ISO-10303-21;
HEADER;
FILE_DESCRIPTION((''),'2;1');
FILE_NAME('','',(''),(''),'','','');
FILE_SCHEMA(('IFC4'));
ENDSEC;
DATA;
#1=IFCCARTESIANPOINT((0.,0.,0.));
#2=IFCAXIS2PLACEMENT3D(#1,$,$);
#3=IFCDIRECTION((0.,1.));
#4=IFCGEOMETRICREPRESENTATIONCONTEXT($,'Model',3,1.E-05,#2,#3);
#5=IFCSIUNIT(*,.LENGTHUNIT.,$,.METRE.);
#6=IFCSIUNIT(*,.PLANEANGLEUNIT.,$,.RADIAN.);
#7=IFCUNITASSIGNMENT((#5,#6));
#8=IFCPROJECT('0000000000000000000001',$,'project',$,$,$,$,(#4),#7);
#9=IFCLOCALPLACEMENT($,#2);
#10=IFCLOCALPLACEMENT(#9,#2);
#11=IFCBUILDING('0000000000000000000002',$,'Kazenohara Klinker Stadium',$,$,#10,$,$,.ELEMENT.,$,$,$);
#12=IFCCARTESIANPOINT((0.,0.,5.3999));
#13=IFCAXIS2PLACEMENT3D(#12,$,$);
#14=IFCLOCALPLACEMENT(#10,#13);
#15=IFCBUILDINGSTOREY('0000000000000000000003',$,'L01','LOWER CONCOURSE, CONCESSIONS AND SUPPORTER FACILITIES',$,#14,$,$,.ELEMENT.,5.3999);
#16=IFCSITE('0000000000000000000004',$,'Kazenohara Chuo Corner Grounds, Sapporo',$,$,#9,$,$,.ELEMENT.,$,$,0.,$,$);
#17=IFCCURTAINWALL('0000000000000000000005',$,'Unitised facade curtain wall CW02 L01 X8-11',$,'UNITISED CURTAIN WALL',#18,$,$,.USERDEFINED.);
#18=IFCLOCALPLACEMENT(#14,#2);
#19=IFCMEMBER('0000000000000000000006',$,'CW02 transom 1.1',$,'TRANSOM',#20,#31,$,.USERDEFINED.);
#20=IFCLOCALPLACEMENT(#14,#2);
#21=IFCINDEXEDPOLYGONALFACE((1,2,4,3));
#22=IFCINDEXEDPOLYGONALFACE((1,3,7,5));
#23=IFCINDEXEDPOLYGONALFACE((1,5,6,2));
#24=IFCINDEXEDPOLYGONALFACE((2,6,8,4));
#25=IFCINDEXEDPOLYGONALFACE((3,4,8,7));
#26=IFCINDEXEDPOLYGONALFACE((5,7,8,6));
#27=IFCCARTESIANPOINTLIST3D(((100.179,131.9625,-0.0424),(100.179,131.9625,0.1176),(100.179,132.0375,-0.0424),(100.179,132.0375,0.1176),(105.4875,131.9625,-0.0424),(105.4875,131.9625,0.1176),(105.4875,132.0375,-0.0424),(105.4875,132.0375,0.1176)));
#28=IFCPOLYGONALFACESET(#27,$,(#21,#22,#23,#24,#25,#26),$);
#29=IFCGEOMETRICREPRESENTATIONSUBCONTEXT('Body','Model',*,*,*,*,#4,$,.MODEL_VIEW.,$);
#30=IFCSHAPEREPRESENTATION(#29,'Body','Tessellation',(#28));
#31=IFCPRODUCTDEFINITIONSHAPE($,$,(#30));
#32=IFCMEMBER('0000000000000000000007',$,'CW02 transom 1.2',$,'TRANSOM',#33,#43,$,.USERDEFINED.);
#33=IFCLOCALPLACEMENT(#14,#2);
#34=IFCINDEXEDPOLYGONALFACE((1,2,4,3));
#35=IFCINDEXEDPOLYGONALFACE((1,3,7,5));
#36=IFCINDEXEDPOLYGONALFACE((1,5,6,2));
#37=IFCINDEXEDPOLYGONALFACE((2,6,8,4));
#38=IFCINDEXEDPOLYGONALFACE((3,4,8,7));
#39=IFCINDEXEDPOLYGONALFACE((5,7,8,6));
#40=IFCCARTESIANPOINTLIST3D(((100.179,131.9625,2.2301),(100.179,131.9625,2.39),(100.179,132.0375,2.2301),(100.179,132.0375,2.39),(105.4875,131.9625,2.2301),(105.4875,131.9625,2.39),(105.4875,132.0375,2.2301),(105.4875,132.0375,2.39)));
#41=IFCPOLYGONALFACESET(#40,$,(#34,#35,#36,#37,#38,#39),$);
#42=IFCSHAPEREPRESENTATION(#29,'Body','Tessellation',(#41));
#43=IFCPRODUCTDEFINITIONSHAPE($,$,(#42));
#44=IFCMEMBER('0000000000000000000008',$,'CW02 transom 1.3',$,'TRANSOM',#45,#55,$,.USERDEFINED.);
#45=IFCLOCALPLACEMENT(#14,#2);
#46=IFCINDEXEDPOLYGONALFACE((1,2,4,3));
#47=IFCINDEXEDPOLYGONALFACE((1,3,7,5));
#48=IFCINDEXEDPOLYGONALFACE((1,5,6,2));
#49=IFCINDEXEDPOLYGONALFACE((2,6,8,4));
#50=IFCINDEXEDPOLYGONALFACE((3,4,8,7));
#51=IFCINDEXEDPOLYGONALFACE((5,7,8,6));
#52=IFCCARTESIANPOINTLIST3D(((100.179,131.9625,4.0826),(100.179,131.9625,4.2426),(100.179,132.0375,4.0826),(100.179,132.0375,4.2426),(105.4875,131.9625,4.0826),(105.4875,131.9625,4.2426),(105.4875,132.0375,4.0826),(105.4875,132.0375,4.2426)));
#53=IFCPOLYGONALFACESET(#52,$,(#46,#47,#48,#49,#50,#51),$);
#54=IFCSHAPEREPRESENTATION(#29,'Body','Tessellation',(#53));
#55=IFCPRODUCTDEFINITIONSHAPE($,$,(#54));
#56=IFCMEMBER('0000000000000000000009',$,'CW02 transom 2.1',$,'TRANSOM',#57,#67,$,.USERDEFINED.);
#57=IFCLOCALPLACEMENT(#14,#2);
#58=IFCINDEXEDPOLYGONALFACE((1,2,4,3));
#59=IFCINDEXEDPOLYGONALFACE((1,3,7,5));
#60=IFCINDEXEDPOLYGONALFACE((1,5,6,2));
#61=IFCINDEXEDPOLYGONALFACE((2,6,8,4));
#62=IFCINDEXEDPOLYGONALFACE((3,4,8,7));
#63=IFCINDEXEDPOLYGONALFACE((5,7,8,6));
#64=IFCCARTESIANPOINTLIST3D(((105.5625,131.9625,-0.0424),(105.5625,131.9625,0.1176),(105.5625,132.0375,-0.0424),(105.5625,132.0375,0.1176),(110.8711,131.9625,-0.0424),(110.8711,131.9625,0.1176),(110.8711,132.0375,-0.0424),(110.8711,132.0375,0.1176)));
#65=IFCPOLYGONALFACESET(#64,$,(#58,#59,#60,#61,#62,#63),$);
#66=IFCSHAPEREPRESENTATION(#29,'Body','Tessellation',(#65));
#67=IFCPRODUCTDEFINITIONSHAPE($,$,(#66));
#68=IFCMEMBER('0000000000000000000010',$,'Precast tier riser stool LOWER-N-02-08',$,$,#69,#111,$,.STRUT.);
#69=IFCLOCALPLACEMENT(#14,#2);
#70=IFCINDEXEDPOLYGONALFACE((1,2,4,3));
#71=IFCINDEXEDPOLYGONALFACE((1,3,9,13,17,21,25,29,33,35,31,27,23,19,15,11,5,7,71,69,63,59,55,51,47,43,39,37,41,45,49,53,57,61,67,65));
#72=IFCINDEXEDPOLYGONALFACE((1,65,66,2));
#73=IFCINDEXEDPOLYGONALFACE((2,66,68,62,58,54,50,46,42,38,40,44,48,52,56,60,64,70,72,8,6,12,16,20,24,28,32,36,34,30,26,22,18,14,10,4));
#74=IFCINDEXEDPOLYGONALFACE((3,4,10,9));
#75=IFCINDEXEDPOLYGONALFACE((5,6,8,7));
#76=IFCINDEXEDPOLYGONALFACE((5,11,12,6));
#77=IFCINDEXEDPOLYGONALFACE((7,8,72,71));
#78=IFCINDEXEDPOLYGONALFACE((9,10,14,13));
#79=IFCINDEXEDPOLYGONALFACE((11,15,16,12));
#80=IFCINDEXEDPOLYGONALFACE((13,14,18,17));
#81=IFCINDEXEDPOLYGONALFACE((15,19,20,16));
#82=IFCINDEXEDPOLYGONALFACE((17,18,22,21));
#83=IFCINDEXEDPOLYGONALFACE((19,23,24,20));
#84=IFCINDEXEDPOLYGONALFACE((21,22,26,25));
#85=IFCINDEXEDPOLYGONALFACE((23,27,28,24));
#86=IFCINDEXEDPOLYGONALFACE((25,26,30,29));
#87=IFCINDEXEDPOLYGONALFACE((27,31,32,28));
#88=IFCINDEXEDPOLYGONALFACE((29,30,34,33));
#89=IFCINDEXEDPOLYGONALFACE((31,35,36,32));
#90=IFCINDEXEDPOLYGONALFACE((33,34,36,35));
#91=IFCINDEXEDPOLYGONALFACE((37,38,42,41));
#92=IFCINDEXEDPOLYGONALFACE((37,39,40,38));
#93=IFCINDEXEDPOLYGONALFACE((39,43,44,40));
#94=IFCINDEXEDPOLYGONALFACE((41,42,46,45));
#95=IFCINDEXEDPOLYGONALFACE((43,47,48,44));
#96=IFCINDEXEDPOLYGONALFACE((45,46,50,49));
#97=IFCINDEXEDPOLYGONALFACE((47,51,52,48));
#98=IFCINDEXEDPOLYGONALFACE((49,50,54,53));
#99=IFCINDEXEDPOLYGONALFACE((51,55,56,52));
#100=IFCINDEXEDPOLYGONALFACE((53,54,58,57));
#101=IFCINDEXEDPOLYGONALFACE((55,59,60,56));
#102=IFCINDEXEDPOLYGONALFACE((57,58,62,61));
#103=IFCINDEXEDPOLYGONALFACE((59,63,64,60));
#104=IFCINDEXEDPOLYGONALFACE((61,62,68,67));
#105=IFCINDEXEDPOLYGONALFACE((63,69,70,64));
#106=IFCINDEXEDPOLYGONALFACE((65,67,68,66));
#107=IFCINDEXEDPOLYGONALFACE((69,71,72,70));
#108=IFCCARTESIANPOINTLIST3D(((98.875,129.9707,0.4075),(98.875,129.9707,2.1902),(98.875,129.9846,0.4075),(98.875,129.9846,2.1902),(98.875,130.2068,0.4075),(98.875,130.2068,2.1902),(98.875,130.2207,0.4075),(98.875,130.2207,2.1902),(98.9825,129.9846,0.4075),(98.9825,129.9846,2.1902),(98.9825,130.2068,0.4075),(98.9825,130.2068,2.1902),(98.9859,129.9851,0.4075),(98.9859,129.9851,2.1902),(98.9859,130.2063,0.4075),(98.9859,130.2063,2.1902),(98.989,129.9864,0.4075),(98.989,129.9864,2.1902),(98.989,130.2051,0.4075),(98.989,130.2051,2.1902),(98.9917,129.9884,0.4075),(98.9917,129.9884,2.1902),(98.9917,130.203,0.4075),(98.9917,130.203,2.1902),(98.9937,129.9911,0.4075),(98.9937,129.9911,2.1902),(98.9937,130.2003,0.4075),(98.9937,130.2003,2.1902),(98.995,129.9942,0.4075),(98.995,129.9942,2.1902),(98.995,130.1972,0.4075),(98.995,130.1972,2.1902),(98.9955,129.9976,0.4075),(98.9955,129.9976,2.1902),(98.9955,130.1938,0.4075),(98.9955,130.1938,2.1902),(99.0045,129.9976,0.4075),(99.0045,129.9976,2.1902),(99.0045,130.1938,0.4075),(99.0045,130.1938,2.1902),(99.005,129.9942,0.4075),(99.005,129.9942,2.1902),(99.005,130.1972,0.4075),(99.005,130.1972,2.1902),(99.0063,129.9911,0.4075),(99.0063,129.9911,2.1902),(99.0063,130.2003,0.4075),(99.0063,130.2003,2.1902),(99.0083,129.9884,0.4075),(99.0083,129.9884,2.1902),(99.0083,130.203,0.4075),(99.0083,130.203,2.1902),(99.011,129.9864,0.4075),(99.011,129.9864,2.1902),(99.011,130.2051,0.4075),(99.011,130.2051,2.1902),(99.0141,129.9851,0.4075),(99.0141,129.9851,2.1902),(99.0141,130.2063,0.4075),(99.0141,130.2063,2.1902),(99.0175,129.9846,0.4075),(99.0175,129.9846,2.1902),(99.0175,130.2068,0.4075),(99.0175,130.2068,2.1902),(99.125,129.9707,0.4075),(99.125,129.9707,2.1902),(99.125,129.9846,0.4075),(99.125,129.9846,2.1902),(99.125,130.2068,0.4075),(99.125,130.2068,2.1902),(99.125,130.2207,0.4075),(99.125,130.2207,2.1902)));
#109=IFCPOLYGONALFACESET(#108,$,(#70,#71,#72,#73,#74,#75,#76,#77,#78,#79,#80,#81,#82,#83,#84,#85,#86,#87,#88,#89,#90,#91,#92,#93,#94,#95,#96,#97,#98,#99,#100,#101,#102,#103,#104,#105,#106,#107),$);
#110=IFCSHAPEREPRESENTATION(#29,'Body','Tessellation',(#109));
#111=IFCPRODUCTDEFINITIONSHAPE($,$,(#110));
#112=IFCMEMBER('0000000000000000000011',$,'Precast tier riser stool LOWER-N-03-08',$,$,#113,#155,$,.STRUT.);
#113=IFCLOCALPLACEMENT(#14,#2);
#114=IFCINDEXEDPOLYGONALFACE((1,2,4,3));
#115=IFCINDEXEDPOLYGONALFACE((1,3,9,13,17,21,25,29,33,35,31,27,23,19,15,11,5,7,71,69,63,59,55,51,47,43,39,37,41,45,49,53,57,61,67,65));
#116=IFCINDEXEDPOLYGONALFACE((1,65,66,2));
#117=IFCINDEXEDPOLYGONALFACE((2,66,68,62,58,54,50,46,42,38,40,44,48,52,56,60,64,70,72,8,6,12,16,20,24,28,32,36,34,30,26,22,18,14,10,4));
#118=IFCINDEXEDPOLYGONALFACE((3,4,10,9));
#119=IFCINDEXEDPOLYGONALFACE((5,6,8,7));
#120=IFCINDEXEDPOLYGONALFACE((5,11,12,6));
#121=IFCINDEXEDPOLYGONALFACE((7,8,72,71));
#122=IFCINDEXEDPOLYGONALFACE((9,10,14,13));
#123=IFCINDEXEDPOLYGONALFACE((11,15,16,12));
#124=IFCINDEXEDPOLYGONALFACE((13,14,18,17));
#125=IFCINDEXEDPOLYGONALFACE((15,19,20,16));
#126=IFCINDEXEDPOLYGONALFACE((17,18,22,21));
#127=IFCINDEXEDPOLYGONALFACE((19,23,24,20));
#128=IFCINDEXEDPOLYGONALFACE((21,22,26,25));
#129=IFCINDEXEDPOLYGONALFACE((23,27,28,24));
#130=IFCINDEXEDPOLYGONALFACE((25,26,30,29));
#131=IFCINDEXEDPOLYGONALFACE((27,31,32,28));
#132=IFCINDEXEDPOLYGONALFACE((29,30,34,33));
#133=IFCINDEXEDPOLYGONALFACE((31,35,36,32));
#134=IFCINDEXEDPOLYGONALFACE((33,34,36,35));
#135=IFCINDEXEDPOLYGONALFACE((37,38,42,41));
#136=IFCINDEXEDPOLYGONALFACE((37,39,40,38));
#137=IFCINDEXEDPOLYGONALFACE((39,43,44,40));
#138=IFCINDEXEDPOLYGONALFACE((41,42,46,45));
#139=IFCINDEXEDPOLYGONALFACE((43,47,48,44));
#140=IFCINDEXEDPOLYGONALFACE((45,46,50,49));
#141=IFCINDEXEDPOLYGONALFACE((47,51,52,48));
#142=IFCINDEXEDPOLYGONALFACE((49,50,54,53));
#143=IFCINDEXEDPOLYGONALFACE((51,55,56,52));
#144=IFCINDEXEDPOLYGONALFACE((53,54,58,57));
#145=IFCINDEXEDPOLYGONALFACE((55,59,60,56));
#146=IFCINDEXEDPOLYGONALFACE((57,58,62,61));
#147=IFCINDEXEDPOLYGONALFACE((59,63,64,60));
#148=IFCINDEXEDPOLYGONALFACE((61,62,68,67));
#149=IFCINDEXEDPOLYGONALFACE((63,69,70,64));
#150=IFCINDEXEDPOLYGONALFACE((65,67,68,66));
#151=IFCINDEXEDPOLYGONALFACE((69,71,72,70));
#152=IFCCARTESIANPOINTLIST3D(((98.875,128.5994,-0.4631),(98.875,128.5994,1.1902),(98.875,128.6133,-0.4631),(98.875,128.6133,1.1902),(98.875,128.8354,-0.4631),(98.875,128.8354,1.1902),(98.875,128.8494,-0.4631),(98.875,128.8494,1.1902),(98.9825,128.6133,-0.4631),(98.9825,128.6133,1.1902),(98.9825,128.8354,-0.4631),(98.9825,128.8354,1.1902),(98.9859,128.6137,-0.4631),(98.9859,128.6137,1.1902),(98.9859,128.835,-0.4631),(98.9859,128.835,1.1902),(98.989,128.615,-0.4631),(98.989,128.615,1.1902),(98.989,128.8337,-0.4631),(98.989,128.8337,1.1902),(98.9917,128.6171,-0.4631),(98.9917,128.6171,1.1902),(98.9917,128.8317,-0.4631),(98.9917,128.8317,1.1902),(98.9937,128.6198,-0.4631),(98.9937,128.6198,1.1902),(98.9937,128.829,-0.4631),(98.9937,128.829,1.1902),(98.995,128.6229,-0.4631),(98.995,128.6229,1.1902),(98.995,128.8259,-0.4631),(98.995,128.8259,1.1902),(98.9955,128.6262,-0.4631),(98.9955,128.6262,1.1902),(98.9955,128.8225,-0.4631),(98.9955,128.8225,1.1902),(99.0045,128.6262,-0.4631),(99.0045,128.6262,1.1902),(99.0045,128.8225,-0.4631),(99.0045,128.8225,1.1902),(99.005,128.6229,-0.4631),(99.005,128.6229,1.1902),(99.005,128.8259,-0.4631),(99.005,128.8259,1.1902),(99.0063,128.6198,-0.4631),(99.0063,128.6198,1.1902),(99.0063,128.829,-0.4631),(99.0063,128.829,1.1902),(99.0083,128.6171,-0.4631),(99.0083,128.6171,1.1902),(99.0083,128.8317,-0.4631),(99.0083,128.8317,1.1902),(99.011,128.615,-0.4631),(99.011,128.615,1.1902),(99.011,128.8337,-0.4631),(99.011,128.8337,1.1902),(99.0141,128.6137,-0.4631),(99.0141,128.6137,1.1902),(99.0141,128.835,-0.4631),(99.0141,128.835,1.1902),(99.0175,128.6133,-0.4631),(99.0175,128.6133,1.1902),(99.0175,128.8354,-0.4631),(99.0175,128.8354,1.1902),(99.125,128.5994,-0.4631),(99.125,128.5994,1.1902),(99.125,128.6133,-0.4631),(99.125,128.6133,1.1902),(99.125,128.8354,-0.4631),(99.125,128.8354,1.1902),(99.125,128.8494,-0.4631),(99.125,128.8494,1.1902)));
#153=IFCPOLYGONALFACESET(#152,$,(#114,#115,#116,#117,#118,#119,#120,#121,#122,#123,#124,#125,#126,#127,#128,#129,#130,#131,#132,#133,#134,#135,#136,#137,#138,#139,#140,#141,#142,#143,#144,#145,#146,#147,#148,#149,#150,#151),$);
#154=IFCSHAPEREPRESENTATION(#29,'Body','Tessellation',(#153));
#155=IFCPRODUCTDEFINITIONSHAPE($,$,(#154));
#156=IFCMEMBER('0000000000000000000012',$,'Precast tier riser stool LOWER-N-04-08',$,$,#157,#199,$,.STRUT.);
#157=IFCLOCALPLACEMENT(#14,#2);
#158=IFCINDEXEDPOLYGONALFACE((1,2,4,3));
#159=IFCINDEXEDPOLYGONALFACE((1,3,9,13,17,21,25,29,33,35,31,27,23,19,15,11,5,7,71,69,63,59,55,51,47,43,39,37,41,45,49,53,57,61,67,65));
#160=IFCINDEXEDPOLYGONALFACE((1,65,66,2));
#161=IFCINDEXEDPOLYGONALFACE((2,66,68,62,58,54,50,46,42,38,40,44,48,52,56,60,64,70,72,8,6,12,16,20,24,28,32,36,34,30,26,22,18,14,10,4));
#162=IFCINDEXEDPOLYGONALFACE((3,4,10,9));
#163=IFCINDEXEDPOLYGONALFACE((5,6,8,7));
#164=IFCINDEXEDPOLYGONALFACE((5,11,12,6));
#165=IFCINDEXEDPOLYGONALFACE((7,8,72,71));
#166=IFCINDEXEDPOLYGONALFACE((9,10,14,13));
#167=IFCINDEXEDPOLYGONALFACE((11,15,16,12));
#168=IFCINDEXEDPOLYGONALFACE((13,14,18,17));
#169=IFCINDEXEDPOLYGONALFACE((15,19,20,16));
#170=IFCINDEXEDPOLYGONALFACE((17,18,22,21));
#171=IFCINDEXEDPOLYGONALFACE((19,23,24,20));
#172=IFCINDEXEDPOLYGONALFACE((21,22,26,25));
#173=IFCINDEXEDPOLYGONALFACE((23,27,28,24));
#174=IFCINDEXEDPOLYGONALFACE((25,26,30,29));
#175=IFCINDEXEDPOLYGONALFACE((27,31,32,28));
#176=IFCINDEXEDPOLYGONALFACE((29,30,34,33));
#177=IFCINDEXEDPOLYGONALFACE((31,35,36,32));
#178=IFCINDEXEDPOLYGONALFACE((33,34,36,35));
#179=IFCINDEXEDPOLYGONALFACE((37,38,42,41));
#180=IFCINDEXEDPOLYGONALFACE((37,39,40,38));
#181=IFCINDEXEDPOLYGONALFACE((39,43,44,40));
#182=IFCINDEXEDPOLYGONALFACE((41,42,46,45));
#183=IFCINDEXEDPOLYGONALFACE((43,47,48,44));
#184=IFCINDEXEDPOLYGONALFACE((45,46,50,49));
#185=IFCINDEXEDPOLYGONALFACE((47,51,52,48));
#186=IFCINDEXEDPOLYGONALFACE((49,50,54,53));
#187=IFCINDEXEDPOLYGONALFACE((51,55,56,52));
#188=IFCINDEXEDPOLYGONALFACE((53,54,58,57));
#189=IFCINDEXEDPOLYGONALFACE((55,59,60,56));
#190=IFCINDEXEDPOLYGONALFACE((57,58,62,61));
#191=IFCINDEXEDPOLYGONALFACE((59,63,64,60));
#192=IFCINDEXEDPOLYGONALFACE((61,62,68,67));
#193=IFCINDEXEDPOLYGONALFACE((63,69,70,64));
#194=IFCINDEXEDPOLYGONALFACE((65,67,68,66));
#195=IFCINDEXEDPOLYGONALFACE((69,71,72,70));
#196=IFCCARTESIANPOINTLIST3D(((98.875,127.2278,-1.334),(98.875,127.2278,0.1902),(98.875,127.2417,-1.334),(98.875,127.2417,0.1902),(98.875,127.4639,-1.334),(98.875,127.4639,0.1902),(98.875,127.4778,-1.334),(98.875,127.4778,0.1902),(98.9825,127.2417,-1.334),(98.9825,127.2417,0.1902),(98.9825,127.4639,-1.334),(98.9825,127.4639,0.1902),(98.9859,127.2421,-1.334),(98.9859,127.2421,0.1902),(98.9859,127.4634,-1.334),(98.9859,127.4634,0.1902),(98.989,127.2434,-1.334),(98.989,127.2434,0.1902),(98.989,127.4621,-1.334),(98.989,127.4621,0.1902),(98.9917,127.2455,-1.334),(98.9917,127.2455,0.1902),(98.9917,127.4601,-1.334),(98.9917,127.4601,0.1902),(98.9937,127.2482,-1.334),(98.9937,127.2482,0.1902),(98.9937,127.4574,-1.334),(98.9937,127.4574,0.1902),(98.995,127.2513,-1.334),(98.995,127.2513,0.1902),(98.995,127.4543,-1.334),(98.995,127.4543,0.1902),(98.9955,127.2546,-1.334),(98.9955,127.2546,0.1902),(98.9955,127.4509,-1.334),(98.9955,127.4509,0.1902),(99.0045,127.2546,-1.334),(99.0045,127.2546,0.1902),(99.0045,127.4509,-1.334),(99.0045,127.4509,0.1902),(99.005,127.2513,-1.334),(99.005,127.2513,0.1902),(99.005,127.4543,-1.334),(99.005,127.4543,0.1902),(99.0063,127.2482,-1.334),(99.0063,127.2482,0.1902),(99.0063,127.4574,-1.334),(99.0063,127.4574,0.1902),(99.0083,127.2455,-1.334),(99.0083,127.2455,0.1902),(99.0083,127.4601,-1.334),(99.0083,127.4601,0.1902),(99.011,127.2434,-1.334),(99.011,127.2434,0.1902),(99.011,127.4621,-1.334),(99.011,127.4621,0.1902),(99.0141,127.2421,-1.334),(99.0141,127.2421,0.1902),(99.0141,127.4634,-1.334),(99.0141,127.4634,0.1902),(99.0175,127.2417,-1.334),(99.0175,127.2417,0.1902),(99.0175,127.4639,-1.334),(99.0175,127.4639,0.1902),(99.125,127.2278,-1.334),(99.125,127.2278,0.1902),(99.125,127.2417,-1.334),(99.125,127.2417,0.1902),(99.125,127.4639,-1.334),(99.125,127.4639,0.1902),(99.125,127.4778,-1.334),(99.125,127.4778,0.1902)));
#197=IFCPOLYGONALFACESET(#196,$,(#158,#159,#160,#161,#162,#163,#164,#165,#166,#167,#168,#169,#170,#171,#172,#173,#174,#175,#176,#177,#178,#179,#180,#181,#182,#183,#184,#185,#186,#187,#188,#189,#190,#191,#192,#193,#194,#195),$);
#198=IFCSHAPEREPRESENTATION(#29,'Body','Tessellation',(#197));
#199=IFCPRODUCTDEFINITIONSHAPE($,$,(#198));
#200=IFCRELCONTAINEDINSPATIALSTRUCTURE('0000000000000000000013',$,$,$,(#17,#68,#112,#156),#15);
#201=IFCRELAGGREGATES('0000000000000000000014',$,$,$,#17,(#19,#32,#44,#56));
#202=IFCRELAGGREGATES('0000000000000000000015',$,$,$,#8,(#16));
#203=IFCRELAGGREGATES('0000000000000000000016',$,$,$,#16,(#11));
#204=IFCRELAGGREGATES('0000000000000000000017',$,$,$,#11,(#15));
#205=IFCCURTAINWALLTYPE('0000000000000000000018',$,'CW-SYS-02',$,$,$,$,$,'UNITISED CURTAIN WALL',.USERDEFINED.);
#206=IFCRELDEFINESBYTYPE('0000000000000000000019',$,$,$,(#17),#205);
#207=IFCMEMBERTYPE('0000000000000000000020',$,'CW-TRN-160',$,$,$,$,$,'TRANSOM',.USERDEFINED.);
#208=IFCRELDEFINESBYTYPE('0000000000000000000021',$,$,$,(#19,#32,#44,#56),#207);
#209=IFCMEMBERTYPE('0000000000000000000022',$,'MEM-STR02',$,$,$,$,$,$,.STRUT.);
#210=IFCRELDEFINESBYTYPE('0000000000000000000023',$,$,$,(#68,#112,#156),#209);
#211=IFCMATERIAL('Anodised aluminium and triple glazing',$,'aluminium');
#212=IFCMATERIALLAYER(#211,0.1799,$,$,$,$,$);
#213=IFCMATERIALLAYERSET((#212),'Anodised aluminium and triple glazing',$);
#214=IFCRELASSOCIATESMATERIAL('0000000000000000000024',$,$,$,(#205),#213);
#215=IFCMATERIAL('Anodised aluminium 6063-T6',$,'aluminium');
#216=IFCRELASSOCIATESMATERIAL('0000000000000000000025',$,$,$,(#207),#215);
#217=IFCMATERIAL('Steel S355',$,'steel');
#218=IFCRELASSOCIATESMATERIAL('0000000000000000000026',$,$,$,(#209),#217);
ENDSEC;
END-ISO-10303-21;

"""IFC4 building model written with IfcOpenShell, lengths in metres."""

from ifc_helpers import new_model, si_unit, direction, frame, origin, origin_2d, place, context, subcontext, project, spatial, rectangle, i_section, extrude, material, layer, layer_set, material_profile, profile_set, type_object, element, aggregate, save


model = new_model("IFC4")

# Units and contexts
model_context = context("Model", 3, precision=1e-05, world=origin(), true_north=direction((0.0, 1.0)))
body_context = subcontext(model_context, "Body", "Model", "MODEL_VIEW")
ifc_project = project(units=[si_unit("LENGTHUNIT", "METRE"), si_unit("PLANEANGLEUNIT", "RADIAN")], contexts=[model_context])

# Site, building, storey
site_placement = place(None, origin())
site = spatial("IfcSite", under=ifc_project, at=site_placement, Name="Kazenohara Chuo Corner Grounds, Sapporo", CompositionType="ELEMENT", RefElevation=0.0)
building_placement = place(site_placement, origin())
building = spatial("IfcBuilding", under=site, at=building_placement, Name="Kazenohara Klinker Stadium", CompositionType="ELEMENT")
storey_placement = place(building_placement, frame((0.0, 0.0, 5.3999)))
storey = spatial("IfcBuildingStorey", under=building, at=storey_placement, Name="L01", Description="LOWER CONCOURSE, CONCESSIONS AND SUPPORTER FACILITIES", CompositionType="ELEMENT", Elevation=5.3999)

# Shared definitions
ifc_material_1 = material(Name="Steel S355", Category="steel")

# Curtain wall
ifc_material_2 = material(Name="Anodised aluminium and triple glazing", Category="aluminium")
ifc_material_3 = material(Name="Anodised aluminium 6063-T6", Category="aluminium")
ifc_layer_1 = layer(ifc_material_2, 0.1799)
ifc_layer_set_1 = layer_set([ifc_layer_1], Name="Anodised aluminium and triple glazing")
curtain_wall_type_1 = type_object("IfcCurtainWallType", Name="CW-SYS-02", ElementType="UNITISED CURTAIN WALL", PredefinedType="USERDEFINED", material=ifc_layer_set_1)
curtain_wall_1_placement = place(storey_placement, origin())
curtain_wall_1 = element("IfcCurtainWall", 1, at=curtain_wall_1_placement, inside=storey, type_object=curtain_wall_type_1, Name="Unitised facade curtain wall CW02 L01 X8-11", ObjectType="UNITISED CURTAIN WALL", PredefinedType="USERDEFINED")

# Members
ifc_material_profile_1 = material_profile(ifc_material_3, rectangle(XDim=0.075, YDim=0.1599, at=origin_2d()), Name="ALU-TRN-75x160")
ifc_profile_set_1 = profile_set([ifc_material_profile_1], Name="Anodised aluminium 6063-T6")
member_type_1 = type_object("IfcMemberType", Name="CW-TRN-160", ElementType="TRANSOM", PredefinedType="USERDEFINED", material=ifc_profile_set_1)
member_1_placement = place(storey_placement, frame((100.179, 132.0, 0.0376), z_axis=(1.0, 0.0, 0.0), x_axis=(0.0, 1.0, 0.0)))
member_1 = element("IfcMember", 2, at=member_1_placement, type_object=member_type_1, Name="CW02 transom 1.1", ObjectType="TRANSOM", PredefinedType="USERDEFINED", context=body_context, shape_type="SweptSolid", body=[
    extrude(rectangle(XDim=0.075, YDim=0.1599, at=origin_2d()), origin(), (0.0, 0.0, 1.0), 5.3086),
])
member_2_placement = place(storey_placement, frame((100.179, 132.0, 2.3101), z_axis=(1.0, 0.0, 0.0), x_axis=(0.0, 1.0, 0.0)))
member_2 = element("IfcMember", 3, at=member_2_placement, type_object=member_type_1, Name="CW02 transom 1.2", ObjectType="TRANSOM", PredefinedType="USERDEFINED", context=body_context, shape_type="SweptSolid", body=[
    extrude(rectangle(XDim=0.075, YDim=0.1599, at=origin_2d()), origin(), (0.0, 0.0, 1.0), 5.3086),
])
member_3_placement = place(storey_placement, frame((100.179, 132.0, 4.1626), z_axis=(1.0, 0.0, 0.0), x_axis=(0.0, 1.0, 0.0)))
member_3 = element("IfcMember", 4, at=member_3_placement, type_object=member_type_1, Name="CW02 transom 1.3", ObjectType="TRANSOM", PredefinedType="USERDEFINED", context=body_context, shape_type="SweptSolid", body=[
    extrude(rectangle(XDim=0.075, YDim=0.1599, at=origin_2d()), origin(), (0.0, 0.0, 1.0), 5.3086),
])
member_4_placement = place(storey_placement, frame((105.5625, 132.0, 0.0376), z_axis=(1.0, 0.0, 0.0), x_axis=(0.0, 1.0, 0.0)))
member_4 = element("IfcMember", 5, at=member_4_placement, type_object=member_type_1, Name="CW02 transom 2.1", ObjectType="TRANSOM", PredefinedType="USERDEFINED", context=body_context, shape_type="SweptSolid", body=[
    extrude(rectangle(XDim=0.075, YDim=0.1599, at=origin_2d()), origin(), (0.0, 0.0, 1.0), 5.3086),
])

# Members
ifc_material_profile_2 = material_profile(ifc_material_1, i_section(OverallWidth=0.25, OverallDepth=0.25, WebThickness=0.009, FlangeThickness=0.0139, FilletRadius=0.0129, at=origin_2d()), Name="H-250x250x9x14")
ifc_profile_set_2 = profile_set([ifc_material_profile_2], Name="Steel S355")
member_type_2 = type_object("IfcMemberType", Name="MEM-STR02", PredefinedType="STRUT", material=ifc_profile_set_2)
member_5_placement = place(storey_placement, frame((99.0, 130.0957, 0.4075), z_axis=(0.0, 0.0, 1.0), x_axis=(1.0, 0.0, 0.0)))
element("IfcMember", 6, at=member_5_placement, inside=storey, type_object=member_type_2, Name="Precast tier riser stool LOWER-N-02-08", PredefinedType="STRUT", context=body_context, shape_type="SweptSolid", body=[
    extrude(i_section(OverallWidth=0.25, OverallDepth=0.25, WebThickness=0.009, FlangeThickness=0.0139, FilletRadius=0.0129, at=origin_2d()), origin(), (0.0, 0.0, 1.0), 1.7827),
])
member_6_placement = place(storey_placement, frame((99.0, 128.7244, -0.4631), z_axis=(0.0, 0.0, 1.0), x_axis=(1.0, 0.0, 0.0)))
element("IfcMember", 7, at=member_6_placement, inside=storey, type_object=member_type_2, Name="Precast tier riser stool LOWER-N-03-08", PredefinedType="STRUT", context=body_context, shape_type="SweptSolid", body=[
    extrude(i_section(OverallWidth=0.25, OverallDepth=0.25, WebThickness=0.009, FlangeThickness=0.0139, FilletRadius=0.0129, at=origin_2d()), origin(), (0.0, 0.0, 1.0), 1.6533),
])
member_7_placement = place(storey_placement, frame((99.0, 127.3528, -1.334), z_axis=(0.0, 0.0, 1.0), x_axis=(1.0, 0.0, 0.0)))
element("IfcMember", 8, at=member_7_placement, inside=storey, type_object=member_type_2, Name="Precast tier riser stool LOWER-N-04-08", PredefinedType="STRUT", context=body_context, shape_type="SweptSolid", body=[
    extrude(i_section(OverallWidth=0.25, OverallDepth=0.25, WebThickness=0.009, FlangeThickness=0.0139, FilletRadius=0.0129, at=origin_2d()), origin(), (0.0, 0.0, 1.0), 1.5242),
])

aggregate(curtain_wall_1, [member_1, member_2, member_3, member_4])

save(model, "model.ifc")
